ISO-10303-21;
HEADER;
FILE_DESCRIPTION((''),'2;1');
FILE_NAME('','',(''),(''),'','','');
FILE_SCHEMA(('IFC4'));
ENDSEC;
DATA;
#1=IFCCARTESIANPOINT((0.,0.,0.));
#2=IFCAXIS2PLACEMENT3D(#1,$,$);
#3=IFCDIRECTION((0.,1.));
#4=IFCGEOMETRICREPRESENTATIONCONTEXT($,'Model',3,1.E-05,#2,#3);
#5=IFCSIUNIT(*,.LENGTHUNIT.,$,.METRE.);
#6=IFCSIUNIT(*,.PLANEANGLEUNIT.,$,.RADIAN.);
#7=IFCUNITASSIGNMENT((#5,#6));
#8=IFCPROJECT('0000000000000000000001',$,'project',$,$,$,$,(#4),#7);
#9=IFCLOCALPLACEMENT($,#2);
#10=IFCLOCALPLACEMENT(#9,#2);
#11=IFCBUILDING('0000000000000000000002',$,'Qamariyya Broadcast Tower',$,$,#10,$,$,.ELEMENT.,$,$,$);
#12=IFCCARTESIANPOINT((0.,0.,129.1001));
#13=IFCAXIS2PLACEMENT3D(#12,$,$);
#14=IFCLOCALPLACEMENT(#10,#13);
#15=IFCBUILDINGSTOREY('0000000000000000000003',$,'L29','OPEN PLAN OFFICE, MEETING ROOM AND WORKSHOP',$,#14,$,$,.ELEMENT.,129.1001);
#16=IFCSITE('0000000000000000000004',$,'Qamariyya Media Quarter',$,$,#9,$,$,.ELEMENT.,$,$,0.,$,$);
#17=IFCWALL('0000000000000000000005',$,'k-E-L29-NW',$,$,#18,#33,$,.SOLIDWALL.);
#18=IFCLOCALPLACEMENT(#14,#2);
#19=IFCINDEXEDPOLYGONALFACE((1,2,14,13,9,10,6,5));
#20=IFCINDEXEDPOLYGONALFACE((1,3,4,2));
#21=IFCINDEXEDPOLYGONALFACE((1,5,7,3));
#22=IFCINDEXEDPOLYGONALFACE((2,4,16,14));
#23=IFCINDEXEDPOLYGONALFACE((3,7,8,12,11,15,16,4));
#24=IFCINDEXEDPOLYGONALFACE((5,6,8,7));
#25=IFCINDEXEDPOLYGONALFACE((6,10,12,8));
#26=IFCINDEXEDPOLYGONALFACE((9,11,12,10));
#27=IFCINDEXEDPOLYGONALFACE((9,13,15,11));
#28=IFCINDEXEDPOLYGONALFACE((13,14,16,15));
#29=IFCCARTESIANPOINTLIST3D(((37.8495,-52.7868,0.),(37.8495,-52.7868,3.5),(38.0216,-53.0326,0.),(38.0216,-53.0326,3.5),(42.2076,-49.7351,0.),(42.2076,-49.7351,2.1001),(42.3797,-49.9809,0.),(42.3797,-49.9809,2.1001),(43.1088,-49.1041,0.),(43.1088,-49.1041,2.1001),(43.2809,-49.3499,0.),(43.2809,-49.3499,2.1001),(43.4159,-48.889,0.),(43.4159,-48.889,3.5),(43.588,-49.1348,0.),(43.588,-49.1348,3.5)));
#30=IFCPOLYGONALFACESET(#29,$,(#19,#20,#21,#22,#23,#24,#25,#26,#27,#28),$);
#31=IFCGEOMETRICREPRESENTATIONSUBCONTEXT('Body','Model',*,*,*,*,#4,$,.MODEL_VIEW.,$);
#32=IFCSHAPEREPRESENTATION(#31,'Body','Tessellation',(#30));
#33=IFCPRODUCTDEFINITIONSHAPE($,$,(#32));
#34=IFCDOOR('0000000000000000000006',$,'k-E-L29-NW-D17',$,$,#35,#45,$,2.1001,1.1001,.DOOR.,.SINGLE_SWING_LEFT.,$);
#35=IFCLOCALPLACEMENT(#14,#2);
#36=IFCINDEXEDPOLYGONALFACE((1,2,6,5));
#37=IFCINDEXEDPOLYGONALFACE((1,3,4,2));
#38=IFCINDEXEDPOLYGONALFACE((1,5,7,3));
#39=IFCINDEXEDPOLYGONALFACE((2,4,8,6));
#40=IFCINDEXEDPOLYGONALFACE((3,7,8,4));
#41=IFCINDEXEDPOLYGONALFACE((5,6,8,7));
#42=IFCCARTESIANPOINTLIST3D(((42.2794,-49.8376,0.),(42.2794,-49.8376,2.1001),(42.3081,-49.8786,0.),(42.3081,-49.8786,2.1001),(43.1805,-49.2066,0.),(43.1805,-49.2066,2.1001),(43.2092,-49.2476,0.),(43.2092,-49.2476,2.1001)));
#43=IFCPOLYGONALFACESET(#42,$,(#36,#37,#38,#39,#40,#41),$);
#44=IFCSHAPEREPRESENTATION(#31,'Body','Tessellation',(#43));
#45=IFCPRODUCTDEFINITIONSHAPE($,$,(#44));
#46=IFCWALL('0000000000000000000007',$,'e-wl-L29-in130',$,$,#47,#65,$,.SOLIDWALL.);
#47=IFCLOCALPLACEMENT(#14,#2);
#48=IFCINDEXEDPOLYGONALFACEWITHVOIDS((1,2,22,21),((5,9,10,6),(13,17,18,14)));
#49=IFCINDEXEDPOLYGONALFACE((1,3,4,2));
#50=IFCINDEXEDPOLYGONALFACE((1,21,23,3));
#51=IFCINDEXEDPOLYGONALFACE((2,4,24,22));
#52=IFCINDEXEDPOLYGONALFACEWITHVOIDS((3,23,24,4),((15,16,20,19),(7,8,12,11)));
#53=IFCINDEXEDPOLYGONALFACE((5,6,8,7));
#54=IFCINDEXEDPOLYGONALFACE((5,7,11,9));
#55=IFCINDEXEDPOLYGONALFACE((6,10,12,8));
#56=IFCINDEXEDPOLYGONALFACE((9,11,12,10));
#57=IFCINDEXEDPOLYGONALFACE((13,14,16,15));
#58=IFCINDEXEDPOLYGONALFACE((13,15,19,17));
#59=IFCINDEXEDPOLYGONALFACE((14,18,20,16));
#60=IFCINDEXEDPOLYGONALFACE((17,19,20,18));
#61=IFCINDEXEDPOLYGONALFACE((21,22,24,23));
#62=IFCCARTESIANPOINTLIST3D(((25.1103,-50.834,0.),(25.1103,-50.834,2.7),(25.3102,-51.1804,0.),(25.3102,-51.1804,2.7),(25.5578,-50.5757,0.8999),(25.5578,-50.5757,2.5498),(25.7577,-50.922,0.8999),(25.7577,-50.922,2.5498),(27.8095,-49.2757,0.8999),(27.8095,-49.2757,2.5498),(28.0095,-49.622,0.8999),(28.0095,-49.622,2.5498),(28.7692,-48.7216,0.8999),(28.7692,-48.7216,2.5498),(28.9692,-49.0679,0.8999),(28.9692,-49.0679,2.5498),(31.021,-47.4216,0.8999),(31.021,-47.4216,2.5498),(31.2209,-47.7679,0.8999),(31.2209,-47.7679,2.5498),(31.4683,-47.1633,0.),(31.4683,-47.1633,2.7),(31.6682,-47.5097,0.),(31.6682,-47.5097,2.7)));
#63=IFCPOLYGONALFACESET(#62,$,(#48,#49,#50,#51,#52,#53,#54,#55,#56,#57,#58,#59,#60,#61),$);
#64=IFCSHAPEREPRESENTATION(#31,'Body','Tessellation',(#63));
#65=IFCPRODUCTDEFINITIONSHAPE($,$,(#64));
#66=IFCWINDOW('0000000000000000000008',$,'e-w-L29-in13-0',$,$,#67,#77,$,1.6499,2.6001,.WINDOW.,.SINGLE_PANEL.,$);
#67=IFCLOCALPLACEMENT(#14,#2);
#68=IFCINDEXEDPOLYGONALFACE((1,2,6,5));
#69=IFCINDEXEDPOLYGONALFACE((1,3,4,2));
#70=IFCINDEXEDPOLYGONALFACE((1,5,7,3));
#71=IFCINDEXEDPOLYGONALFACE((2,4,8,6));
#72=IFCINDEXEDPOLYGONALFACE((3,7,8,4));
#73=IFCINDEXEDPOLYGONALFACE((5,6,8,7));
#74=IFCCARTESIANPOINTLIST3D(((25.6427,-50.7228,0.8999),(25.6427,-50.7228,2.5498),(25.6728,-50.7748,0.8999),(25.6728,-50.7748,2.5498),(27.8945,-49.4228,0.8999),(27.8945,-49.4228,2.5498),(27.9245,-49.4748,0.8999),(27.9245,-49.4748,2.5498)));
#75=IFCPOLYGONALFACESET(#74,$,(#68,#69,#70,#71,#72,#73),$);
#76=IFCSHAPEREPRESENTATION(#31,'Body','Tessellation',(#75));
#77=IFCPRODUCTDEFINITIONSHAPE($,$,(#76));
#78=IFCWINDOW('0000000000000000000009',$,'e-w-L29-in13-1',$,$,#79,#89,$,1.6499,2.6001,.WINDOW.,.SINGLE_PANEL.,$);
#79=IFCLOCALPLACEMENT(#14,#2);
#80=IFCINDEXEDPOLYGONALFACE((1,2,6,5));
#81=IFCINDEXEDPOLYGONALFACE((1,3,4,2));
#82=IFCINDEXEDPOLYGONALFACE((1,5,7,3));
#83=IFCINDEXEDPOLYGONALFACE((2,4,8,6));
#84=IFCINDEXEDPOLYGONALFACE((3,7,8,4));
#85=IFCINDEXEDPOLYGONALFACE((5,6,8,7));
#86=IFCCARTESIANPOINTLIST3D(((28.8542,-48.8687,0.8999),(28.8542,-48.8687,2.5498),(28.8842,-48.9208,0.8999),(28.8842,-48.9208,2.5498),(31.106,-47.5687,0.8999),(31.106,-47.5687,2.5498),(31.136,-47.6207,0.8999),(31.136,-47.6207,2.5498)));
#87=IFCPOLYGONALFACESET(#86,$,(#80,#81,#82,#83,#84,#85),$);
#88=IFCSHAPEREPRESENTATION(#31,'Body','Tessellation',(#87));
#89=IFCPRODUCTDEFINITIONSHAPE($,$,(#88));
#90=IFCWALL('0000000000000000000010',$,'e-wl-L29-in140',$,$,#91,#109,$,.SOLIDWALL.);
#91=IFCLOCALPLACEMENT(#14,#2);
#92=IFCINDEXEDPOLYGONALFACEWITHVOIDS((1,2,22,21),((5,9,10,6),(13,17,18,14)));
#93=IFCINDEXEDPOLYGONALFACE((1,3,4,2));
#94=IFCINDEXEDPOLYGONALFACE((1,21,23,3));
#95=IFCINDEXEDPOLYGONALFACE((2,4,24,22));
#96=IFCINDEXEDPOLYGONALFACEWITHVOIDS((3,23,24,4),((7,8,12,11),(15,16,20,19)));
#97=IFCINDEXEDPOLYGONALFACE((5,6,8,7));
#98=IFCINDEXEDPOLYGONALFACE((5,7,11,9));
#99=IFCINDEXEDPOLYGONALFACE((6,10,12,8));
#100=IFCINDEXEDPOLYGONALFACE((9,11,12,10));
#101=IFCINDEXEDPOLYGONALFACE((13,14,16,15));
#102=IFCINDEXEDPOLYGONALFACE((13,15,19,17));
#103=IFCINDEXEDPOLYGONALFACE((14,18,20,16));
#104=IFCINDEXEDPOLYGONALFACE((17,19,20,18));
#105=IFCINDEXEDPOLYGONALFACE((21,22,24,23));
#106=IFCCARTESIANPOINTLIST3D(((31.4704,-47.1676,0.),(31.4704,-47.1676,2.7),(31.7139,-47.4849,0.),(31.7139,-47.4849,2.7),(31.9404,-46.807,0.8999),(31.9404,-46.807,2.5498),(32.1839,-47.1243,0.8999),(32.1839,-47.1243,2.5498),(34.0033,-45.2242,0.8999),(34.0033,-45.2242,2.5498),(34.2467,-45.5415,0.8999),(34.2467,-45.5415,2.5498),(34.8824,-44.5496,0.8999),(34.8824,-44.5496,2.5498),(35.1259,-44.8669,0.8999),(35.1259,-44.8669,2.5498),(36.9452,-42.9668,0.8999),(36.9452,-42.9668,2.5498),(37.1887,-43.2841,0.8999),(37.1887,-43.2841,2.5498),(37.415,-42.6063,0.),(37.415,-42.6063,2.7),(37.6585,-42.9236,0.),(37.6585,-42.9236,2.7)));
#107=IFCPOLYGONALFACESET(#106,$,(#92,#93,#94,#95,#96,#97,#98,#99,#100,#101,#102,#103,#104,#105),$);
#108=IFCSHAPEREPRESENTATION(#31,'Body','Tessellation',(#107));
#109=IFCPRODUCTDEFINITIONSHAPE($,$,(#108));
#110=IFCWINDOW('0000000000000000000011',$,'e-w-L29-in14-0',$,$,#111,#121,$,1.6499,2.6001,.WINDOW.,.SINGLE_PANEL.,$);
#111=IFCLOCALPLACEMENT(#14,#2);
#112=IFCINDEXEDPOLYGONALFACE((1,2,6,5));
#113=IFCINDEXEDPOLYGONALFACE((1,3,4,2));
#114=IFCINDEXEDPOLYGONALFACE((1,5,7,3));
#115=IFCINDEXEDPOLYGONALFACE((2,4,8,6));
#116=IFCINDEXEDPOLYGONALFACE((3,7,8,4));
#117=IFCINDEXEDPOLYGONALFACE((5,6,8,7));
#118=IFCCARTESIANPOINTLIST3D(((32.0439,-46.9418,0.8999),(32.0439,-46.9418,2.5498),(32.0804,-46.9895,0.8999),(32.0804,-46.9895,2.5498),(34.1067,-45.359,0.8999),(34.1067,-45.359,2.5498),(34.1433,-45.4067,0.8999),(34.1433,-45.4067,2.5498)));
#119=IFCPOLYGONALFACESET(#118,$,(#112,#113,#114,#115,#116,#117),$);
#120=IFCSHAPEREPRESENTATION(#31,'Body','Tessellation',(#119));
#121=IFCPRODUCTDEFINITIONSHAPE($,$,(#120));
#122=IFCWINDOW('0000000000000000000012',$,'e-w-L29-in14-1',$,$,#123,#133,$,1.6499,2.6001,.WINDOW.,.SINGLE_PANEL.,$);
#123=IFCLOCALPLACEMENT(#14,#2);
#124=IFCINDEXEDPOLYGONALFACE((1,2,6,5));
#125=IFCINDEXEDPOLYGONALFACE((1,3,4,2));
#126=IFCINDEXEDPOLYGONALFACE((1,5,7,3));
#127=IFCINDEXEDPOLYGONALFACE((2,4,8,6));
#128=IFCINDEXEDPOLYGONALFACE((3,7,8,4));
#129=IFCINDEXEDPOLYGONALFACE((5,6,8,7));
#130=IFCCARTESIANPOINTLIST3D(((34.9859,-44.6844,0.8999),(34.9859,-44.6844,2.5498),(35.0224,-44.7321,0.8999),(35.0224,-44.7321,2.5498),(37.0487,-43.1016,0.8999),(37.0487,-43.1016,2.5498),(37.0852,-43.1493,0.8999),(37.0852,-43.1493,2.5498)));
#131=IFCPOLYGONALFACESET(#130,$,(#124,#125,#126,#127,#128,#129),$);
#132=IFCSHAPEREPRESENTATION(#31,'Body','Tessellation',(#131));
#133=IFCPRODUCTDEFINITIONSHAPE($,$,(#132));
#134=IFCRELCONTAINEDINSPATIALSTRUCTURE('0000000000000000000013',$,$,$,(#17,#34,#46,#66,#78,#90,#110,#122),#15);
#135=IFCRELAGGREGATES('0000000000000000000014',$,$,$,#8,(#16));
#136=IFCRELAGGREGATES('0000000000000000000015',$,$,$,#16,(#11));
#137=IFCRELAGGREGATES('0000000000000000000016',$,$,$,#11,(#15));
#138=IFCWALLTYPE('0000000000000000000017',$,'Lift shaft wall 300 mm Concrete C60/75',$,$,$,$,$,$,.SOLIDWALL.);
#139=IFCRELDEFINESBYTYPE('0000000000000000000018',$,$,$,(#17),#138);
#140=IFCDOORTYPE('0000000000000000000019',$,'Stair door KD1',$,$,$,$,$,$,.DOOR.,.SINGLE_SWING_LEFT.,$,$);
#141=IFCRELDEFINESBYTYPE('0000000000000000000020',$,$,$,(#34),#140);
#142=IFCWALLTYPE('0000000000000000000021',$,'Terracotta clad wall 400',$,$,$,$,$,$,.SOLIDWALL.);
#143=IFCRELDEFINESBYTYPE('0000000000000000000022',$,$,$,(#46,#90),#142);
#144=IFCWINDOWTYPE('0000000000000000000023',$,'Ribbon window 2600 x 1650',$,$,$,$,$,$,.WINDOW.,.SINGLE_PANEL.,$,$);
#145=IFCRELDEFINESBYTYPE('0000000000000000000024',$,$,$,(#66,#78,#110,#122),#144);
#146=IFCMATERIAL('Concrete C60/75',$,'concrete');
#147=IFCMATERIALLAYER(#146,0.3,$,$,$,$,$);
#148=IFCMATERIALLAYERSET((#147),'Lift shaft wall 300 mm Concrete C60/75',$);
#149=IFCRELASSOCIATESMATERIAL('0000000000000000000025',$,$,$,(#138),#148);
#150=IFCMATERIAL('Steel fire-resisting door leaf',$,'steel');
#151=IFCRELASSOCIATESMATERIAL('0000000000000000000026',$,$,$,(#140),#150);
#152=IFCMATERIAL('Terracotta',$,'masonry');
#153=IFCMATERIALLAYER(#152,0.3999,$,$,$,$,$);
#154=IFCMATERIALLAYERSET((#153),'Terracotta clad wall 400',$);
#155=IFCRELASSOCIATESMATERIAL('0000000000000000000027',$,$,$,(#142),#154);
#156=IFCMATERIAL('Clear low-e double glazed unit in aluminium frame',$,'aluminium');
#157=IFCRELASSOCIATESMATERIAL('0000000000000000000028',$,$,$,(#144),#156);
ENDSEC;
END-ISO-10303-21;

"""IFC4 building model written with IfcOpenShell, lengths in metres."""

from ifc_helpers import new_model, si_unit, direction, frame, frame_2d, origin, place, context, subcontext, project, spatial, rectangle, extrude, material, layer, layer_set, type_object, element, fill, save


model = new_model("IFC4")

# Units and contexts
model_context = context("Model", 3, precision=1e-05, world=origin(), true_north=direction((0.0, 1.0)))
body_context = subcontext(model_context, "Body", "Model", "MODEL_VIEW")
ifc_project = project(units=[si_unit("LENGTHUNIT", "METRE"), si_unit("PLANEANGLEUNIT", "RADIAN")], contexts=[model_context])

# Site, building, storey
site_placement = place(None, origin())
site = spatial("IfcSite", under=ifc_project, at=site_placement, Name="Qamariyya Media Quarter", CompositionType="ELEMENT", RefElevation=0.0)
building_placement = place(site_placement, origin())
building = spatial("IfcBuilding", under=site, at=building_placement, Name="Qamariyya Broadcast Tower", CompositionType="ELEMENT")
storey_placement = place(building_placement, frame((0.0, 0.0, 129.1001)))
storey = spatial("IfcBuildingStorey", under=building, at=storey_placement, Name="L29", Description="OPEN PLAN OFFICE, MEETING ROOM AND WORKSHOP", CompositionType="ELEMENT", Elevation=129.1001)

# Wall, opening, door
ifc_material_1 = material(Name="Concrete C60/75", Category="concrete")
ifc_layer_1 = layer(ifc_material_1, 0.3)
ifc_layer_set_1 = layer_set([ifc_layer_1], Name="Lift shaft wall 300 mm Concrete C60/75")
wall_type_1 = type_object("IfcWallType", Name="Lift shaft wall 300 mm Concrete C60/75", PredefinedType="SOLIDWALL", material=ifc_layer_set_1)
wall_1_placement = place(storey_placement, frame((37.9355, -52.9097, 0.0), z_axis=(0.0, 0.0, 1.0), x_axis=(0.819148, 0.573583, 0.0)))
wall_1 = element("IfcWall", 1, at=wall_1_placement, inside=storey, type_object=wall_type_1, Name="k-E-L29-NW", PredefinedType="SOLIDWALL", context=body_context, shape_type="SweptSolid", body=[
    extrude(rectangle(XDim=6.7954, YDim=0.3, at=frame_2d((3.3977, 0.0))), origin(), (0.0, 0.0, 1.0), 3.5),
])
opening_1_placement = place(wall_1_placement, frame((5.3203, 0.0, 0.0)))
opening_1 = element("IfcOpeningElement", 2, at=opening_1_placement, cuts=wall_1, PredefinedType="OPENING", context=body_context, shape_type="SweptSolid", body=[
    extrude(rectangle(XDim=1.1001, YDim=2.1001, at=frame_2d((0.55, 1.05))), frame((0.0, 0.1599, 0.0), z_axis=(0.0, -1.0, 0.0), x_axis=(1.0, 0.0, 0.0)), (0.0, 0.0, 1.0), 0.3201),
])
ifc_material_2 = material(Name="Steel fire-resisting door leaf", Category="steel")
door_type_1 = type_object("IfcDoorType", Name="Stair door KD1", OperationType="SINGLE_SWING_LEFT", PredefinedType="DOOR", material=ifc_material_2)
door_1_placement = place(opening_1_placement, origin())
door_1 = element("IfcDoor", 3, at=door_1_placement, inside=storey, type_object=door_type_1, Name="k-E-L29-NW-D17", OperationType="SINGLE_SWING_LEFT", OverallHeight=2.1001, OverallWidth=1.1001, PredefinedType="DOOR", context=body_context, shape_type="SweptSolid", body=[
    extrude(rectangle(XDim=1.1001, YDim=2.1001, at=frame_2d((0.55, 1.05))), frame((0.0, 0.0249, 0.0), z_axis=(0.0, -1.0, 0.0), x_axis=(1.0, 0.0, 0.0)), (0.0, 0.0, 1.0), 0.05),
])
fill(opening_1, door_1)

# Walls, openings, windows
ifc_material_3 = material(Name="Terracotta", Category="masonry")
ifc_layer_2 = layer(ifc_material_3, 0.3999)
ifc_layer_set_2 = layer_set([ifc_layer_2], Name="Terracotta clad wall 400")
wall_type_2 = type_object("IfcWallType", Name="Terracotta clad wall 400", PredefinedType="SOLIDWALL", material=ifc_layer_set_2)
wall_2_placement = place(storey_placement, frame((31.5684, -47.3364, 0.0), z_axis=(0.0, 0.0, 1.0), x_axis=(-0.866031, -0.499991, 0.0)))
wall_2 = element("IfcWall", 4, at=wall_2_placement, inside=storey, type_object=wall_type_2, Name="e-wl-L29-in130", PredefinedType="SOLIDWALL", context=body_context, shape_type="SweptSolid", body=[
    extrude(rectangle(XDim=7.3416, YDim=0.3999, at=frame_2d((3.6709, 0.0))), origin(), (0.0, 0.0, 1.0), 2.7),
])
opening_2_placement = place(wall_2_placement, frame((4.2249, 0.0, 0.8999)))
opening_2 = element("IfcOpeningElement", 5, at=opening_2_placement, cuts=wall_2, PredefinedType="OPENING", context=body_context, shape_type="SweptSolid", body=[
    extrude(rectangle(XDim=2.6001, YDim=1.6499, at=frame_2d((1.3, 0.825))), frame((0.0, 0.21, 0.0), z_axis=(0.0, -1.0, 0.0), x_axis=(1.0, 0.0, 0.0)), (0.0, 0.0, 1.0), 0.4199),
])
opening_3_placement = place(wall_2_placement, frame((0.5166, 0.0, 0.8999)))
opening_3 = element("IfcOpeningElement", 6, at=opening_3_placement, cuts=wall_2, PredefinedType="OPENING", context=body_context, shape_type="SweptSolid", body=[
    extrude(rectangle(XDim=2.6001, YDim=1.6499, at=frame_2d((1.3, 0.825))), frame((0.0, 0.21, 0.0), z_axis=(0.0, -1.0, 0.0), x_axis=(1.0, 0.0, 0.0)), (0.0, 0.0, 1.0), 0.4199),
])
ifc_material_4 = material(Name="Clear low-e double glazed unit in aluminium frame", Category="aluminium")
window_type = type_object("IfcWindowType", Name="Ribbon window 2600 x 1650", PartitioningType="SINGLE_PANEL", PredefinedType="WINDOW", material=ifc_material_4)
window_1_placement = place(opening_2_placement, origin())
window_1 = element("IfcWindow", 7, at=window_1_placement, inside=storey, type_object=window_type, Name="e-w-L29-in13-0", OverallHeight=1.6499, OverallWidth=2.6001, PartitioningType="SINGLE_PANEL", PredefinedType="WINDOW", context=body_context, shape_type="SweptSolid", body=[
    extrude(rectangle(XDim=2.6001, YDim=1.6499, at=frame_2d((1.3, 0.825))), frame((0.0, 0.03, 0.0), z_axis=(0.0, -1.0, 0.0), x_axis=(1.0, 0.0, 0.0)), (0.0, 0.0, 1.0), 0.0601),
])
fill(opening_2, window_1)
window_2_placement = place(opening_3_placement, origin())
window_2 = element("IfcWindow", 8, at=window_2_placement, inside=storey, type_object=window_type, Name="e-w-L29-in13-1", OverallHeight=1.6499, OverallWidth=2.6001, PartitioningType="SINGLE_PANEL", PredefinedType="WINDOW", context=body_context, shape_type="SweptSolid", body=[
    extrude(rectangle(XDim=2.6001, YDim=1.6499, at=frame_2d((1.3, 0.825))), frame((0.0, 0.03, 0.0), z_axis=(0.0, -1.0, 0.0), x_axis=(1.0, 0.0, 0.0)), (0.0, 0.0, 1.0), 0.0601),
])
fill(opening_3, window_2)
wall_3_placement = place(storey_placement, frame((37.5369, -42.7649, 0.0), z_axis=(0.0, 0.0, 1.0), x_axis=(-0.793363, -0.608748, 0.0)))
wall_3 = element("IfcWall", 9, at=wall_3_placement, inside=storey, type_object=wall_type_2, Name="e-wl-L29-in140", PredefinedType="SOLIDWALL", context=body_context, shape_type="SweptSolid", body=[
    extrude(rectangle(XDim=7.4929, YDim=0.3999, at=frame_2d((3.7466, 0.0))), origin(), (0.0, 0.0, 1.0), 2.7),
])
opening_4_placement = place(wall_3_placement, frame((4.3005, 0.0, 0.8999)))
opening_4 = element("IfcOpeningElement", 10, at=opening_4_placement, cuts=wall_3, PredefinedType="OPENING", context=body_context, shape_type="SweptSolid", body=[
    extrude(rectangle(XDim=2.6001, YDim=1.6499, at=frame_2d((1.3, 0.825))), frame((0.0, 0.21, 0.0), z_axis=(0.0, -1.0, 0.0), x_axis=(1.0, 0.0, 0.0)), (0.0, 0.0, 1.0), 0.4199),
])
opening_5_placement = place(wall_3_placement, frame((0.5923, 0.0, 0.8999)))
opening_5 = element("IfcOpeningElement", 11, at=opening_5_placement, cuts=wall_3, PredefinedType="OPENING", context=body_context, shape_type="SweptSolid", body=[
    extrude(rectangle(XDim=2.6001, YDim=1.6499, at=frame_2d((1.3, 0.825))), frame((0.0, 0.21, 0.0), z_axis=(0.0, -1.0, 0.0), x_axis=(1.0, 0.0, 0.0)), (0.0, 0.0, 1.0), 0.4199),
])
window_3_placement = place(opening_4_placement, origin())
window_3 = element("IfcWindow", 12, at=window_3_placement, inside=storey, type_object=window_type, Name="e-w-L29-in14-0", OverallHeight=1.6499, OverallWidth=2.6001, PartitioningType="SINGLE_PANEL", PredefinedType="WINDOW", context=body_context, shape_type="SweptSolid", body=[
    extrude(rectangle(XDim=2.6001, YDim=1.6499, at=frame_2d((1.3, 0.825))), frame((0.0, 0.03, 0.0), z_axis=(0.0, -1.0, 0.0), x_axis=(1.0, 0.0, 0.0)), (0.0, 0.0, 1.0), 0.0601),
])
fill(opening_4, window_3)
window_4_placement = place(opening_5_placement, origin())
window_4 = element("IfcWindow", 13, at=window_4_placement, inside=storey, type_object=window_type, Name="e-w-L29-in14-1", OverallHeight=1.6499, OverallWidth=2.6001, PartitioningType="SINGLE_PANEL", PredefinedType="WINDOW", context=body_context, shape_type="SweptSolid", body=[
    extrude(rectangle(XDim=2.6001, YDim=1.6499, at=frame_2d((1.3, 0.825))), frame((0.0, 0.03, 0.0), z_axis=(0.0, -1.0, 0.0), x_axis=(1.0, 0.0, 0.0)), (0.0, 0.0, 1.0), 0.0601),
])
fill(opening_5, window_4)

save(model, "model.ifc")
